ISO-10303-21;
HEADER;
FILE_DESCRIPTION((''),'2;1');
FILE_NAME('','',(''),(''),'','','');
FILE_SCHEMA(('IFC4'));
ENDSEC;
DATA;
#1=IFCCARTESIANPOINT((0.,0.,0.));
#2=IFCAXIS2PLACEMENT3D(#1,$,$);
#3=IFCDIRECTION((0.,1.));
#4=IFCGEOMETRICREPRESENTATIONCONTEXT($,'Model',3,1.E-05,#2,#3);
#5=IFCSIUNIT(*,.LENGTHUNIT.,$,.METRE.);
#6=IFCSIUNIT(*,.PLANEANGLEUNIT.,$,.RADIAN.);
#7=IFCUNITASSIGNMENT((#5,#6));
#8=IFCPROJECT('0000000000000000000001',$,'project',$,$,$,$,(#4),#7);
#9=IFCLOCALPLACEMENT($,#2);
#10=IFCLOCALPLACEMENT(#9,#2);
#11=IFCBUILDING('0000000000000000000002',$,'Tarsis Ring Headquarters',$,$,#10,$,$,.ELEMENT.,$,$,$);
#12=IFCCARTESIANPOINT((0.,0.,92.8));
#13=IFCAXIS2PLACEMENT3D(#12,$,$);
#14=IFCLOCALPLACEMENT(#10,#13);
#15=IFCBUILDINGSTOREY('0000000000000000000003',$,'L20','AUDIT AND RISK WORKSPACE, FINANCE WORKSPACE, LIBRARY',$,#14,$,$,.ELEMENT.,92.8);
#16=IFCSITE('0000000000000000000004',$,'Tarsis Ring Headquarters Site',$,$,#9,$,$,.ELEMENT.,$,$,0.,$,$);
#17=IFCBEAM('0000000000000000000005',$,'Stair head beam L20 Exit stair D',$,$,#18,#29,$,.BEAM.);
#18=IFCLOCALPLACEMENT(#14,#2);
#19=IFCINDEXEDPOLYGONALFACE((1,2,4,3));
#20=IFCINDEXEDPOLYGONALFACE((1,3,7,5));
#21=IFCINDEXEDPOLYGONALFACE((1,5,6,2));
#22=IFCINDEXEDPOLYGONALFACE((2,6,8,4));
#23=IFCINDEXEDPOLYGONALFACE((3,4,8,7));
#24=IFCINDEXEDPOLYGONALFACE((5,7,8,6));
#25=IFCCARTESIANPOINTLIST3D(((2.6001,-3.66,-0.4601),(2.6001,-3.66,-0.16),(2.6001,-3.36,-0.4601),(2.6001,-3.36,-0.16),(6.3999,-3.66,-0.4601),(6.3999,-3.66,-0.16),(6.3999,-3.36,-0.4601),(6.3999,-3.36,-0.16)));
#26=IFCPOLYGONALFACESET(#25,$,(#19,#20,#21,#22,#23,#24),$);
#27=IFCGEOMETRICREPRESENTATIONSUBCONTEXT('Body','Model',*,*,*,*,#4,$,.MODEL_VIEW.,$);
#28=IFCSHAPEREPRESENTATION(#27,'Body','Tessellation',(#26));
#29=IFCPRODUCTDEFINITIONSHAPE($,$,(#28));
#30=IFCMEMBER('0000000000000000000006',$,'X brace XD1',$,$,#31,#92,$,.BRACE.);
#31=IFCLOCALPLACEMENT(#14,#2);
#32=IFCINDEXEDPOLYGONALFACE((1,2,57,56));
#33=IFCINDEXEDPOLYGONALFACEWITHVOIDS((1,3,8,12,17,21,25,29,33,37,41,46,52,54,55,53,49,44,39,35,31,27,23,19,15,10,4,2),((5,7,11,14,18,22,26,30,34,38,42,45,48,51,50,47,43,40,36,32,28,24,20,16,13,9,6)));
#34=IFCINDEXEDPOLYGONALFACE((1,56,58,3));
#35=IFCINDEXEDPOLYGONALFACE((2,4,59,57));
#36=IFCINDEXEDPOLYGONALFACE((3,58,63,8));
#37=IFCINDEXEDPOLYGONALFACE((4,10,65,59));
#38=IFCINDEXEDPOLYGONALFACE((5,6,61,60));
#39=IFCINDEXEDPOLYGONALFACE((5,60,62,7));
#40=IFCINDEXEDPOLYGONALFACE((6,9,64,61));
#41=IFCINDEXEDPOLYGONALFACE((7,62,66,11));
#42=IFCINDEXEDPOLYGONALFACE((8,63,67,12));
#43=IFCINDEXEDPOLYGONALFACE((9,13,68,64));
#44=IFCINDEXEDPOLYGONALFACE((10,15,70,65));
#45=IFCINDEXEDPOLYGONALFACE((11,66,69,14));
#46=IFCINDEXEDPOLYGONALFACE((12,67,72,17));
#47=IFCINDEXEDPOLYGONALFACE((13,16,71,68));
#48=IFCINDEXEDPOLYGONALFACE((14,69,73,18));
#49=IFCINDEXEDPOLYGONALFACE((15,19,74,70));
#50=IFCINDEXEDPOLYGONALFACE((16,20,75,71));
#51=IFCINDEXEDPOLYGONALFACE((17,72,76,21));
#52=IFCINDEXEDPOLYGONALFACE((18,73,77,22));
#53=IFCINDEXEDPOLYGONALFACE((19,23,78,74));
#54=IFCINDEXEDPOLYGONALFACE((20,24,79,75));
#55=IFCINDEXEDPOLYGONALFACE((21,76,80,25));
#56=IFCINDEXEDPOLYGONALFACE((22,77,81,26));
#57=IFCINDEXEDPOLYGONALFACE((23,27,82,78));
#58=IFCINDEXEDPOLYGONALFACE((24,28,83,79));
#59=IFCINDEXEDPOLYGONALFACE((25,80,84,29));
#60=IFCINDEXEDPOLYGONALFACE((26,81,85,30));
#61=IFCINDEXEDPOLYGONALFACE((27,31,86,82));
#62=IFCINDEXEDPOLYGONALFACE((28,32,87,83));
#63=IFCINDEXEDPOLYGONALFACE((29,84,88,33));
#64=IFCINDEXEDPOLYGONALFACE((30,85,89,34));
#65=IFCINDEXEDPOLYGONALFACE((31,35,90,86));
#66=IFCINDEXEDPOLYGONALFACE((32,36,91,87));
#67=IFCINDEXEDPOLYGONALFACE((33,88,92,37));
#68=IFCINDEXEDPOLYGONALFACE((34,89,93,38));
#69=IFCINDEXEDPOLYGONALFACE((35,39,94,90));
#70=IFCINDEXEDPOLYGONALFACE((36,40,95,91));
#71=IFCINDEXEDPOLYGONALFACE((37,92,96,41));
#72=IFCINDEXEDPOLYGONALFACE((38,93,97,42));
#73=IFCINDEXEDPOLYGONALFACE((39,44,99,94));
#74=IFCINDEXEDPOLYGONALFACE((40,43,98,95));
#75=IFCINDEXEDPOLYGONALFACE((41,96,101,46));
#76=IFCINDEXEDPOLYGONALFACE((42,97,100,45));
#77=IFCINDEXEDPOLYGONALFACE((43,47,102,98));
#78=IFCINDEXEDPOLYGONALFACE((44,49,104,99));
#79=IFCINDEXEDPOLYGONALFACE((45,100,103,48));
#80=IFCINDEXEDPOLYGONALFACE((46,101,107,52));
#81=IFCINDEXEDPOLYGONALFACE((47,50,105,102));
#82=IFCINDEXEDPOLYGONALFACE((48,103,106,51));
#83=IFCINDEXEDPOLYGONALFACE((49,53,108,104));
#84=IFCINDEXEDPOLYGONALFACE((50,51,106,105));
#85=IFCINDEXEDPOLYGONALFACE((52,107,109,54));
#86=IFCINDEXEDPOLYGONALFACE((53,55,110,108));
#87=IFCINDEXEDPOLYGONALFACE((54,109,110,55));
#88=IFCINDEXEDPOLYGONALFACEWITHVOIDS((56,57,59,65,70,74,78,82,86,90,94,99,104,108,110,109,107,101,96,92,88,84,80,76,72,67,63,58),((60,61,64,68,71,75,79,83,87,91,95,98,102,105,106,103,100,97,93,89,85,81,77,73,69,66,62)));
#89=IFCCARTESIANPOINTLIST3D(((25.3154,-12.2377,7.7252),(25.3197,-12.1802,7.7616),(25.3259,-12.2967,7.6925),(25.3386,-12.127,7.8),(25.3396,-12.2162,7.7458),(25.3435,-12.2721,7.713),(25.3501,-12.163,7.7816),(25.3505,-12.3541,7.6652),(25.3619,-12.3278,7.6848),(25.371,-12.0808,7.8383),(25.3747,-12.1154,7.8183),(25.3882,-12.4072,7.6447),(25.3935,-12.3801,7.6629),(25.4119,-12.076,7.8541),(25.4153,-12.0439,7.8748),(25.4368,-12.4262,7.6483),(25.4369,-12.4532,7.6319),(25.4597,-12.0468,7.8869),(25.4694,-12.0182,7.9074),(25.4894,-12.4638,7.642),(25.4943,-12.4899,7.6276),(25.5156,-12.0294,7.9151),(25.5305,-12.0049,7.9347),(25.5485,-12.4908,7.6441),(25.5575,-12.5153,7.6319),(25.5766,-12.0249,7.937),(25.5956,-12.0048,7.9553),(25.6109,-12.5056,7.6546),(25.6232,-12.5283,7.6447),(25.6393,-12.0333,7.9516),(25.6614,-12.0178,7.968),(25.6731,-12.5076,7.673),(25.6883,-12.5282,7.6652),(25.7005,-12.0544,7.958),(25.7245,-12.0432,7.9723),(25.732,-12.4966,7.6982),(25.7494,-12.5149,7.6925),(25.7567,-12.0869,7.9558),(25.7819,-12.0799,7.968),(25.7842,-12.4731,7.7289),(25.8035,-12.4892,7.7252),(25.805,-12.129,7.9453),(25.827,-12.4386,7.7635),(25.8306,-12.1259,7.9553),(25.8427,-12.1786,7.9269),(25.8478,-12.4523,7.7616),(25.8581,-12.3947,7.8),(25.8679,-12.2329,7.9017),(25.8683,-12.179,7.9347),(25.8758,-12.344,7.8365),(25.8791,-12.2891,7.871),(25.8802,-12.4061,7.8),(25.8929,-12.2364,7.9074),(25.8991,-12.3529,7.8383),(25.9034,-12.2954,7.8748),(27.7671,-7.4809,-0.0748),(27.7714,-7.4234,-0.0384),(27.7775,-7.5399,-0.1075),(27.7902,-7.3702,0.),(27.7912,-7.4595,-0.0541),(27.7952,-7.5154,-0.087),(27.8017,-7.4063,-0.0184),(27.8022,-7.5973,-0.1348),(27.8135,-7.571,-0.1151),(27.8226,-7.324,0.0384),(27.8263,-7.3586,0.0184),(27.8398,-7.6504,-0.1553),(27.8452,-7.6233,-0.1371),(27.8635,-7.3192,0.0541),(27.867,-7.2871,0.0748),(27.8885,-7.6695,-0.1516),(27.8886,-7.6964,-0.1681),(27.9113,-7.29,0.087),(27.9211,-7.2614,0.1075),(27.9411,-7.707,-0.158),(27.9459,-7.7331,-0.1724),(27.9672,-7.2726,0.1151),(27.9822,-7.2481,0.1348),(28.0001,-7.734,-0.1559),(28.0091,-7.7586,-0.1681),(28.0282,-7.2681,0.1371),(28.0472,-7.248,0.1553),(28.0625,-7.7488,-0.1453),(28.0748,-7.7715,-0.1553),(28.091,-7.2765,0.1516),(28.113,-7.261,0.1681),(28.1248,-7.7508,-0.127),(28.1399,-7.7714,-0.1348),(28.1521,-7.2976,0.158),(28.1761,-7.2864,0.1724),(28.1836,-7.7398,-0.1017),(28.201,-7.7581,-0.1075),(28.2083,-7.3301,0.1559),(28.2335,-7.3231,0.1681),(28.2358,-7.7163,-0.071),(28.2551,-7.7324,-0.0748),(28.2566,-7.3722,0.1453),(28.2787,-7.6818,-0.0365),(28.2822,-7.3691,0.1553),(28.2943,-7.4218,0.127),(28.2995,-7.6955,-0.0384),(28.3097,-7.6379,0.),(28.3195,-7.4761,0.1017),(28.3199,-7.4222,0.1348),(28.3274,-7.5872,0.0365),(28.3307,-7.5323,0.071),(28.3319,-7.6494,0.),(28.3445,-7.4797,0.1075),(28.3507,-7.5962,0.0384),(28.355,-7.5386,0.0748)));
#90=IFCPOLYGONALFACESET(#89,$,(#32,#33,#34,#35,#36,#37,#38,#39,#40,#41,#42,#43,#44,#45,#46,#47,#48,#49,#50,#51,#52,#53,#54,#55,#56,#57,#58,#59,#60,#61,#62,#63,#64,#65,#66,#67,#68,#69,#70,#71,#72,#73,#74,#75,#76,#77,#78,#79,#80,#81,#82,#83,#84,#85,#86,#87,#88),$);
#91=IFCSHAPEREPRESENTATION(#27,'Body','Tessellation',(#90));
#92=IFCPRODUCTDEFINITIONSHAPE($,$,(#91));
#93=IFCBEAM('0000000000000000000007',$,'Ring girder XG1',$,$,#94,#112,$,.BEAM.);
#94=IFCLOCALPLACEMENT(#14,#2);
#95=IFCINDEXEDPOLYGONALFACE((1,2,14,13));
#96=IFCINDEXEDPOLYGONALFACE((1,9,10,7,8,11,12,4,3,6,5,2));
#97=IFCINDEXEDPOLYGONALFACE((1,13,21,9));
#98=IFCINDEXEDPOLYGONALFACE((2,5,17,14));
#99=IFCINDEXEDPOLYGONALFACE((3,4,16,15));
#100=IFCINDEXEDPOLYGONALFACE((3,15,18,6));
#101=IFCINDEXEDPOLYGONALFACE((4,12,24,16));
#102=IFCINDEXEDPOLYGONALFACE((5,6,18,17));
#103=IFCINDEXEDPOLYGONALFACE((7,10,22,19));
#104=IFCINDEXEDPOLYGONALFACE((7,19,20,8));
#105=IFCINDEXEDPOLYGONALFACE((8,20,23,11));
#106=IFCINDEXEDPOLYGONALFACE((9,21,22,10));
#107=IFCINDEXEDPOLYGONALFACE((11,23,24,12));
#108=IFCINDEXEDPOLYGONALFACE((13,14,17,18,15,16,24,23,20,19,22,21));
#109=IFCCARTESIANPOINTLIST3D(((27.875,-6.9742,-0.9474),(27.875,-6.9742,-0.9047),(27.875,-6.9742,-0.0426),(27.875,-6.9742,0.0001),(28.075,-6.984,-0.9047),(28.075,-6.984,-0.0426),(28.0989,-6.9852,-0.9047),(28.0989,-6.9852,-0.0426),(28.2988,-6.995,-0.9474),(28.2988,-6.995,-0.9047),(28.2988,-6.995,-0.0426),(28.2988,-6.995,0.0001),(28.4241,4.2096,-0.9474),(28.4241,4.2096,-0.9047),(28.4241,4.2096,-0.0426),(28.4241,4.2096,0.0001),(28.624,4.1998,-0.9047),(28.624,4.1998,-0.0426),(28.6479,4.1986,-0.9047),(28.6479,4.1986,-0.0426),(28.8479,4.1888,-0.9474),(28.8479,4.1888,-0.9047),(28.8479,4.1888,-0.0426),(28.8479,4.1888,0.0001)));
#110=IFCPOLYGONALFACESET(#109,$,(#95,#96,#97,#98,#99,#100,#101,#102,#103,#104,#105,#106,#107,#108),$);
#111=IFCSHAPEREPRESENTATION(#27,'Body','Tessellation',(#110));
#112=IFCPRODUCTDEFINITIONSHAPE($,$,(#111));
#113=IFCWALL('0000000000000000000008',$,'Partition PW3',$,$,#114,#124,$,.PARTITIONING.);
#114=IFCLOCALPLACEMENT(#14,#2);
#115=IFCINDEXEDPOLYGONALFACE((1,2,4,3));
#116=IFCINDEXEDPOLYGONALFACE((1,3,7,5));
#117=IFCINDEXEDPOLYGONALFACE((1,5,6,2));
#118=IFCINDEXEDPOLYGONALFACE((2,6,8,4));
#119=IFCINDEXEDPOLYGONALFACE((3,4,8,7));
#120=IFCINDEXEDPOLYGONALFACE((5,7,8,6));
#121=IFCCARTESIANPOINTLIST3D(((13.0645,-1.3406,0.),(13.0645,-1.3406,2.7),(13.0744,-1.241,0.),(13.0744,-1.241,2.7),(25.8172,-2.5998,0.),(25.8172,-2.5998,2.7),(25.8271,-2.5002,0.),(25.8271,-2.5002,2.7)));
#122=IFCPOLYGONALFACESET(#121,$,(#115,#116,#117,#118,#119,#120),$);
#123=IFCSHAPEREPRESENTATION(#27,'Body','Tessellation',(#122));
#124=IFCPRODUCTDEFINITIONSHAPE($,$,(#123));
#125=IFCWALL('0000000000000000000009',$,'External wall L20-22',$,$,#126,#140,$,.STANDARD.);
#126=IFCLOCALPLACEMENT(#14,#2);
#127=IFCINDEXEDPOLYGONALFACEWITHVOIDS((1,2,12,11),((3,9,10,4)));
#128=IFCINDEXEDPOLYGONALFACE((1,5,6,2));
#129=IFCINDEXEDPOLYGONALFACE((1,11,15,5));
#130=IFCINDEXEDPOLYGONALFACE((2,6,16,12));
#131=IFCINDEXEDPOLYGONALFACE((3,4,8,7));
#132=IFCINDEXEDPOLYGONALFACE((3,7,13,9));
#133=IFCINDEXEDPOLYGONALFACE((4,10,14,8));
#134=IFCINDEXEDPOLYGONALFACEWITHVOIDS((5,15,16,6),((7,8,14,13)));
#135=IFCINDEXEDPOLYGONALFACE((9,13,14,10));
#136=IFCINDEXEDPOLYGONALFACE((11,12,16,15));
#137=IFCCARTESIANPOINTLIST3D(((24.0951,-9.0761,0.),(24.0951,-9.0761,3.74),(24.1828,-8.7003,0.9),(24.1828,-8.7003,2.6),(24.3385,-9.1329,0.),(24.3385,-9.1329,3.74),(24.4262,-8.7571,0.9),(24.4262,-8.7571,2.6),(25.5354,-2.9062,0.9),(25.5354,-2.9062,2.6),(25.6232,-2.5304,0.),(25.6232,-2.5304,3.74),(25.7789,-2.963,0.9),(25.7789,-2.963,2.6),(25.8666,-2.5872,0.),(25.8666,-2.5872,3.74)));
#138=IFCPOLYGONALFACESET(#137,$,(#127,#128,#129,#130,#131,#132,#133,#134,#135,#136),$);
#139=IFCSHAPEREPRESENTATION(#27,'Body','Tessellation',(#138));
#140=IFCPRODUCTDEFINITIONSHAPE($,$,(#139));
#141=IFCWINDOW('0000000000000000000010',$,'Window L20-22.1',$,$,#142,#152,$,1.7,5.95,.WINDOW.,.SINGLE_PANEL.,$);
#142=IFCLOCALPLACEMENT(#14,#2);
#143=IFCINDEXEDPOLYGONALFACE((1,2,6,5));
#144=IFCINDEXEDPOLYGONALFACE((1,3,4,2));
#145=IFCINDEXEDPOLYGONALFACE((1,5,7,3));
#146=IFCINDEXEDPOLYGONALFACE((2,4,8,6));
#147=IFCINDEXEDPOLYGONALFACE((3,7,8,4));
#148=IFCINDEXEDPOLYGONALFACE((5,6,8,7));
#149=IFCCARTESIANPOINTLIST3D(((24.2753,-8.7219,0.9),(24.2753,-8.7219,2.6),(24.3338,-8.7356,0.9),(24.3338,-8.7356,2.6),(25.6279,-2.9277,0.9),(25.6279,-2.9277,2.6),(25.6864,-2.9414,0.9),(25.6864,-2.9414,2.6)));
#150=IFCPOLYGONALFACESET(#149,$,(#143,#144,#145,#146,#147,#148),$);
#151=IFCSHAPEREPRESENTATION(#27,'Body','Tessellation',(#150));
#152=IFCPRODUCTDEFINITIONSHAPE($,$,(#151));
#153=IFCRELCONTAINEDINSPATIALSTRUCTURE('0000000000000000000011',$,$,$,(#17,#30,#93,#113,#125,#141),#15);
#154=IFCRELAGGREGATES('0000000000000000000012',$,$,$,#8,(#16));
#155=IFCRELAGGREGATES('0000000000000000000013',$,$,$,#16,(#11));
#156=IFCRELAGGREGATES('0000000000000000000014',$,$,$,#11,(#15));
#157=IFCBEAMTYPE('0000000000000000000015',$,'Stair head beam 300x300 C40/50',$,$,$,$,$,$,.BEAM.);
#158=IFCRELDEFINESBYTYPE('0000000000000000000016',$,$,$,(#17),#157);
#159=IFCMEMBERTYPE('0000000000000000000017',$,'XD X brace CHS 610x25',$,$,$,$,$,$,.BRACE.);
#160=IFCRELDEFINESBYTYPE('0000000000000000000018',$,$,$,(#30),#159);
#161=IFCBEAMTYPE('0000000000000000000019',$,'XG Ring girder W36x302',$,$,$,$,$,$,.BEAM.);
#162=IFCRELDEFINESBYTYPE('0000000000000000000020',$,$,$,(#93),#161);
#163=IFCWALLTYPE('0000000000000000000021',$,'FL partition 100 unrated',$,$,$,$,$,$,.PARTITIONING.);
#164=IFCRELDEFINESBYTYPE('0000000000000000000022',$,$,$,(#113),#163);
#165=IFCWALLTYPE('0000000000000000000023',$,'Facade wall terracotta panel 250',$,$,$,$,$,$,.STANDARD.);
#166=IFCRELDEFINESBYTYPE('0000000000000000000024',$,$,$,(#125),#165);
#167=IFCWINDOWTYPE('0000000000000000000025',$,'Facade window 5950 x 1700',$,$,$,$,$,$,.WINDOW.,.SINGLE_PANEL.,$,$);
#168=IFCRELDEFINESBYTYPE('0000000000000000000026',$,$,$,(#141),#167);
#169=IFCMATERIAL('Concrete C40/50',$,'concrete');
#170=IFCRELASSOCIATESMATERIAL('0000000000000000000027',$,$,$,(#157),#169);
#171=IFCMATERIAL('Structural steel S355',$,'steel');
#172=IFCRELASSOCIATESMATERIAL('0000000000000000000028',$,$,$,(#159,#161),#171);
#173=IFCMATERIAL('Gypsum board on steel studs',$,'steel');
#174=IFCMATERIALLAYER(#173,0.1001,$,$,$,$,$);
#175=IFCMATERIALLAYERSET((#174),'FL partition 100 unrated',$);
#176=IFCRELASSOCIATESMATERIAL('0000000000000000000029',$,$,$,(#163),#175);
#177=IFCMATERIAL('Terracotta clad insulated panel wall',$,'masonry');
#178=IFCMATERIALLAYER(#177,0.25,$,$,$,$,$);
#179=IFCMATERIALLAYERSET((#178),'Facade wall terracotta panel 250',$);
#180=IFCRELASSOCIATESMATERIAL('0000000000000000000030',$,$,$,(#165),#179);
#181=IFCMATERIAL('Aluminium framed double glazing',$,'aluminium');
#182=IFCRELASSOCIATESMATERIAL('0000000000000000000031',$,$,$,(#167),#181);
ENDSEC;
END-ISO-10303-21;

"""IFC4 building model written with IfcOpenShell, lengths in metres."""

from ifc_helpers import new_model, si_unit, direction, frame, frame_2d, origin, origin_2d, place, context, subcontext, project, spatial, rectangle, hollow_circle, i_section, extrude, material, layer, layer_set, material_profile, profile_set, type_object, element, fill, save


model = new_model("IFC4")

# Units and contexts
model_context = context("Model", 3, precision=1e-05, world=origin(), true_north=direction((0.0, 1.0)))
body_context = subcontext(model_context, "Body", "Model", "MODEL_VIEW")
ifc_project = project(units=[si_unit("LENGTHUNIT", "METRE"), si_unit("PLANEANGLEUNIT", "RADIAN")], contexts=[model_context])

# Site, building, storey
site_placement = place(None, origin())
site = spatial("IfcSite", under=ifc_project, at=site_placement, Name="Tarsis Ring Headquarters Site", CompositionType="ELEMENT", RefElevation=0.0)
building_placement = place(site_placement, origin())
building = spatial("IfcBuilding", under=site, at=building_placement, Name="Tarsis Ring Headquarters", CompositionType="ELEMENT")
storey_placement = place(building_placement, frame((0.0, 0.0, 92.8)))
storey = spatial("IfcBuildingStorey", under=building, at=storey_placement, Name="L20", Description="AUDIT AND RISK WORKSPACE, FINANCE WORKSPACE, LIBRARY", CompositionType="ELEMENT", Elevation=92.8)

# Shared definitions
ifc_material_1 = material(Name="Structural steel S355", Category="steel")

# Beam
ifc_material_2 = material(Name="Concrete C40/50", Category="concrete")
ifc_material_profile_1 = material_profile(ifc_material_2, rectangle(XDim=0.3, YDim=0.3, at=origin_2d()), Name="Stair head beam 300x300 C40/50")
ifc_profile_set_1 = profile_set([ifc_material_profile_1], Name="Concrete C40/50")
beam_type_1 = type_object("IfcBeamType", Name="Stair head beam 300x300 C40/50", PredefinedType="BEAM", material=ifc_profile_set_1)
beam_1_placement = place(storey_placement, frame((2.6001, -3.51, -0.3101), z_axis=(1.0, 0.0, 0.0), x_axis=(0.0, 1.0, 0.0)))
element("IfcBeam", 1, at=beam_1_placement, inside=storey, type_object=beam_type_1, Name="Stair head beam L20 Exit stair D", PredefinedType="BEAM", context=body_context, shape_type="SweptSolid", body=[
    extrude(rectangle(XDim=0.3, YDim=0.3, at=origin_2d()), origin(), (0.0, 0.0, 1.0), 3.7998),
])

# Member
ifc_material_profile_2 = material_profile(ifc_material_1, hollow_circle(Radius=0.3047, WallThickness=0.0249, at=origin_2d()), Name="CHS 610x25")
ifc_profile_set_2 = profile_set([ifc_material_profile_2], Name="Structural steel S355")
member_type = type_object("IfcMemberType", Name="XD X brace CHS 610x25", PredefinedType="BRACE", material=ifc_profile_set_2)
member_placement = place(storey_placement, frame((28.061, -7.5098, 0.0), z_axis=(-0.259179, -0.502872, 0.824588), x_axis=(0.888886, -0.458129, 0.0)))
element("IfcMember", 2, at=member_placement, inside=storey, type_object=member_type, Name="X brace XD1", PredefinedType="BRACE", context=body_context, shape_type="SweptSolid", body=[
    extrude(hollow_circle(Radius=0.3047, WallThickness=0.0249, at=origin_2d()), origin(), (0.0, 0.0, 1.0), 9.4592),
])

# Beam
ifc_material_profile_3 = material_profile(ifc_material_1, i_section(OverallWidth=0.4243, OverallDepth=0.9475, WebThickness=0.0239, FlangeThickness=0.0427, at=origin_2d()), Name="W36x302")
ifc_profile_set_3 = profile_set([ifc_material_profile_3], Name="Structural steel S355")
beam_type_2 = type_object("IfcBeamType", Name="XG Ring girder W36x302", PredefinedType="BEAM", material=ifc_profile_set_3)
beam_2_placement = place(storey_placement, frame((28.0869, -6.9846, -0.4736), z_axis=(0.049036, 0.998797, 0.0), x_axis=(-0.998797, 0.049036, 0.0)))
element("IfcBeam", 3, at=beam_2_placement, inside=storey, type_object=beam_type_2, Name="Ring girder XG1", PredefinedType="BEAM", context=body_context, shape_type="SweptSolid", body=[
    extrude(i_section(OverallWidth=0.4243, OverallDepth=0.9475, WebThickness=0.0239, FlangeThickness=0.0427, at=origin_2d()), origin(), (0.0, 0.0, 1.0), 11.1973),
])

# Wall
ifc_material_3 = material(Name="Gypsum board on steel studs", Category="steel")
ifc_layer_1 = layer(ifc_material_3, 0.1001)
ifc_layer_set_1 = layer_set([ifc_layer_1], Name="FL partition 100 unrated")
wall_type_1 = type_object("IfcWallType", Name="FL partition 100 unrated", PredefinedType="PARTITIONING", material=ifc_layer_set_1)
wall_1_placement = place(storey_placement, frame((13.0696, -1.2908, 0.0), z_axis=(0.0, 0.0, 1.0), x_axis=(0.99516, -0.098268, 0.0)))
element("IfcWall", 4, at=wall_1_placement, inside=storey, type_object=wall_type_1, Name="Partition PW3", PredefinedType="PARTITIONING", context=body_context, shape_type="SweptSolid", body=[
    extrude(rectangle(XDim=12.8147, YDim=0.1001, at=frame_2d((6.4072, 0.0))), origin(), (0.0, 0.0, 1.0), 2.7),
])

# Wall, opening, window
ifc_material_4 = material(Name="Terracotta clad insulated panel wall", Category="masonry")
ifc_layer_2 = layer(ifc_material_4, 0.25)
ifc_layer_set_2 = layer_set([ifc_layer_2], Name="Facade wall terracotta panel 250")
wall_type_2 = type_object("IfcWallType", Name="Facade wall terracotta panel 250", PredefinedType="STANDARD", material=ifc_layer_set_2)
wall_2_placement = place(storey_placement, frame((24.2168, -9.1045, 0.0), z_axis=(0.0, 0.0, 1.0), x_axis=(0.227336, 0.973816, 0.0)))
wall_2 = element("IfcWall", 5, at=wall_2_placement, inside=storey, type_object=wall_type_2, Name="External wall L20-22", PredefinedType="STANDARD", context=body_context, shape_type="SweptSolid", body=[
    extrude(rectangle(XDim=6.7217, YDim=0.25, at=frame_2d((3.3608, 0.0))), origin(), (0.0, 0.0, 1.0), 3.74),
])
opening_1_placement = place(wall_2_placement, frame((0.3857, 0.0, 0.8999)))
opening_1 = element("IfcOpeningElement", 6, at=opening_1_placement, cuts=wall_2, PredefinedType="OPENING", context=body_context, shape_type="SweptSolid", body=[
    extrude(rectangle(XDim=5.95, YDim=1.7, at=frame_2d((2.9751, 0.8501))), frame((0.0, 0.135, 0.0), z_axis=(0.0, -1.0, 0.0), x_axis=(1.0, 0.0, 0.0)), (0.0, 0.0, 1.0), 0.27),
])
ifc_material_5 = material(Name="Aluminium framed double glazing", Category="aluminium")
window_type = type_object("IfcWindowType", Name="Facade window 5950 x 1700", PartitioningType="SINGLE_PANEL", PredefinedType="WINDOW", material=ifc_material_5)
window_1_placement = place(opening_1_placement, origin())
window_1 = element("IfcWindow", 7, at=window_1_placement, inside=storey, type_object=window_type, Name="Window L20-22.1", OverallHeight=1.7, OverallWidth=5.95, PartitioningType="SINGLE_PANEL", PredefinedType="WINDOW", context=body_context, shape_type="SweptSolid", body=[
    extrude(rectangle(XDim=5.95, YDim=1.7, at=frame_2d((2.9751, 0.8501))), frame((0.0, 0.03, 0.0), z_axis=(0.0, -1.0, 0.0), x_axis=(1.0, 0.0, 0.0)), (0.0, 0.0, 1.0), 0.0601),
])
fill(opening_1, window_1)

save(model, "model.ifc")
